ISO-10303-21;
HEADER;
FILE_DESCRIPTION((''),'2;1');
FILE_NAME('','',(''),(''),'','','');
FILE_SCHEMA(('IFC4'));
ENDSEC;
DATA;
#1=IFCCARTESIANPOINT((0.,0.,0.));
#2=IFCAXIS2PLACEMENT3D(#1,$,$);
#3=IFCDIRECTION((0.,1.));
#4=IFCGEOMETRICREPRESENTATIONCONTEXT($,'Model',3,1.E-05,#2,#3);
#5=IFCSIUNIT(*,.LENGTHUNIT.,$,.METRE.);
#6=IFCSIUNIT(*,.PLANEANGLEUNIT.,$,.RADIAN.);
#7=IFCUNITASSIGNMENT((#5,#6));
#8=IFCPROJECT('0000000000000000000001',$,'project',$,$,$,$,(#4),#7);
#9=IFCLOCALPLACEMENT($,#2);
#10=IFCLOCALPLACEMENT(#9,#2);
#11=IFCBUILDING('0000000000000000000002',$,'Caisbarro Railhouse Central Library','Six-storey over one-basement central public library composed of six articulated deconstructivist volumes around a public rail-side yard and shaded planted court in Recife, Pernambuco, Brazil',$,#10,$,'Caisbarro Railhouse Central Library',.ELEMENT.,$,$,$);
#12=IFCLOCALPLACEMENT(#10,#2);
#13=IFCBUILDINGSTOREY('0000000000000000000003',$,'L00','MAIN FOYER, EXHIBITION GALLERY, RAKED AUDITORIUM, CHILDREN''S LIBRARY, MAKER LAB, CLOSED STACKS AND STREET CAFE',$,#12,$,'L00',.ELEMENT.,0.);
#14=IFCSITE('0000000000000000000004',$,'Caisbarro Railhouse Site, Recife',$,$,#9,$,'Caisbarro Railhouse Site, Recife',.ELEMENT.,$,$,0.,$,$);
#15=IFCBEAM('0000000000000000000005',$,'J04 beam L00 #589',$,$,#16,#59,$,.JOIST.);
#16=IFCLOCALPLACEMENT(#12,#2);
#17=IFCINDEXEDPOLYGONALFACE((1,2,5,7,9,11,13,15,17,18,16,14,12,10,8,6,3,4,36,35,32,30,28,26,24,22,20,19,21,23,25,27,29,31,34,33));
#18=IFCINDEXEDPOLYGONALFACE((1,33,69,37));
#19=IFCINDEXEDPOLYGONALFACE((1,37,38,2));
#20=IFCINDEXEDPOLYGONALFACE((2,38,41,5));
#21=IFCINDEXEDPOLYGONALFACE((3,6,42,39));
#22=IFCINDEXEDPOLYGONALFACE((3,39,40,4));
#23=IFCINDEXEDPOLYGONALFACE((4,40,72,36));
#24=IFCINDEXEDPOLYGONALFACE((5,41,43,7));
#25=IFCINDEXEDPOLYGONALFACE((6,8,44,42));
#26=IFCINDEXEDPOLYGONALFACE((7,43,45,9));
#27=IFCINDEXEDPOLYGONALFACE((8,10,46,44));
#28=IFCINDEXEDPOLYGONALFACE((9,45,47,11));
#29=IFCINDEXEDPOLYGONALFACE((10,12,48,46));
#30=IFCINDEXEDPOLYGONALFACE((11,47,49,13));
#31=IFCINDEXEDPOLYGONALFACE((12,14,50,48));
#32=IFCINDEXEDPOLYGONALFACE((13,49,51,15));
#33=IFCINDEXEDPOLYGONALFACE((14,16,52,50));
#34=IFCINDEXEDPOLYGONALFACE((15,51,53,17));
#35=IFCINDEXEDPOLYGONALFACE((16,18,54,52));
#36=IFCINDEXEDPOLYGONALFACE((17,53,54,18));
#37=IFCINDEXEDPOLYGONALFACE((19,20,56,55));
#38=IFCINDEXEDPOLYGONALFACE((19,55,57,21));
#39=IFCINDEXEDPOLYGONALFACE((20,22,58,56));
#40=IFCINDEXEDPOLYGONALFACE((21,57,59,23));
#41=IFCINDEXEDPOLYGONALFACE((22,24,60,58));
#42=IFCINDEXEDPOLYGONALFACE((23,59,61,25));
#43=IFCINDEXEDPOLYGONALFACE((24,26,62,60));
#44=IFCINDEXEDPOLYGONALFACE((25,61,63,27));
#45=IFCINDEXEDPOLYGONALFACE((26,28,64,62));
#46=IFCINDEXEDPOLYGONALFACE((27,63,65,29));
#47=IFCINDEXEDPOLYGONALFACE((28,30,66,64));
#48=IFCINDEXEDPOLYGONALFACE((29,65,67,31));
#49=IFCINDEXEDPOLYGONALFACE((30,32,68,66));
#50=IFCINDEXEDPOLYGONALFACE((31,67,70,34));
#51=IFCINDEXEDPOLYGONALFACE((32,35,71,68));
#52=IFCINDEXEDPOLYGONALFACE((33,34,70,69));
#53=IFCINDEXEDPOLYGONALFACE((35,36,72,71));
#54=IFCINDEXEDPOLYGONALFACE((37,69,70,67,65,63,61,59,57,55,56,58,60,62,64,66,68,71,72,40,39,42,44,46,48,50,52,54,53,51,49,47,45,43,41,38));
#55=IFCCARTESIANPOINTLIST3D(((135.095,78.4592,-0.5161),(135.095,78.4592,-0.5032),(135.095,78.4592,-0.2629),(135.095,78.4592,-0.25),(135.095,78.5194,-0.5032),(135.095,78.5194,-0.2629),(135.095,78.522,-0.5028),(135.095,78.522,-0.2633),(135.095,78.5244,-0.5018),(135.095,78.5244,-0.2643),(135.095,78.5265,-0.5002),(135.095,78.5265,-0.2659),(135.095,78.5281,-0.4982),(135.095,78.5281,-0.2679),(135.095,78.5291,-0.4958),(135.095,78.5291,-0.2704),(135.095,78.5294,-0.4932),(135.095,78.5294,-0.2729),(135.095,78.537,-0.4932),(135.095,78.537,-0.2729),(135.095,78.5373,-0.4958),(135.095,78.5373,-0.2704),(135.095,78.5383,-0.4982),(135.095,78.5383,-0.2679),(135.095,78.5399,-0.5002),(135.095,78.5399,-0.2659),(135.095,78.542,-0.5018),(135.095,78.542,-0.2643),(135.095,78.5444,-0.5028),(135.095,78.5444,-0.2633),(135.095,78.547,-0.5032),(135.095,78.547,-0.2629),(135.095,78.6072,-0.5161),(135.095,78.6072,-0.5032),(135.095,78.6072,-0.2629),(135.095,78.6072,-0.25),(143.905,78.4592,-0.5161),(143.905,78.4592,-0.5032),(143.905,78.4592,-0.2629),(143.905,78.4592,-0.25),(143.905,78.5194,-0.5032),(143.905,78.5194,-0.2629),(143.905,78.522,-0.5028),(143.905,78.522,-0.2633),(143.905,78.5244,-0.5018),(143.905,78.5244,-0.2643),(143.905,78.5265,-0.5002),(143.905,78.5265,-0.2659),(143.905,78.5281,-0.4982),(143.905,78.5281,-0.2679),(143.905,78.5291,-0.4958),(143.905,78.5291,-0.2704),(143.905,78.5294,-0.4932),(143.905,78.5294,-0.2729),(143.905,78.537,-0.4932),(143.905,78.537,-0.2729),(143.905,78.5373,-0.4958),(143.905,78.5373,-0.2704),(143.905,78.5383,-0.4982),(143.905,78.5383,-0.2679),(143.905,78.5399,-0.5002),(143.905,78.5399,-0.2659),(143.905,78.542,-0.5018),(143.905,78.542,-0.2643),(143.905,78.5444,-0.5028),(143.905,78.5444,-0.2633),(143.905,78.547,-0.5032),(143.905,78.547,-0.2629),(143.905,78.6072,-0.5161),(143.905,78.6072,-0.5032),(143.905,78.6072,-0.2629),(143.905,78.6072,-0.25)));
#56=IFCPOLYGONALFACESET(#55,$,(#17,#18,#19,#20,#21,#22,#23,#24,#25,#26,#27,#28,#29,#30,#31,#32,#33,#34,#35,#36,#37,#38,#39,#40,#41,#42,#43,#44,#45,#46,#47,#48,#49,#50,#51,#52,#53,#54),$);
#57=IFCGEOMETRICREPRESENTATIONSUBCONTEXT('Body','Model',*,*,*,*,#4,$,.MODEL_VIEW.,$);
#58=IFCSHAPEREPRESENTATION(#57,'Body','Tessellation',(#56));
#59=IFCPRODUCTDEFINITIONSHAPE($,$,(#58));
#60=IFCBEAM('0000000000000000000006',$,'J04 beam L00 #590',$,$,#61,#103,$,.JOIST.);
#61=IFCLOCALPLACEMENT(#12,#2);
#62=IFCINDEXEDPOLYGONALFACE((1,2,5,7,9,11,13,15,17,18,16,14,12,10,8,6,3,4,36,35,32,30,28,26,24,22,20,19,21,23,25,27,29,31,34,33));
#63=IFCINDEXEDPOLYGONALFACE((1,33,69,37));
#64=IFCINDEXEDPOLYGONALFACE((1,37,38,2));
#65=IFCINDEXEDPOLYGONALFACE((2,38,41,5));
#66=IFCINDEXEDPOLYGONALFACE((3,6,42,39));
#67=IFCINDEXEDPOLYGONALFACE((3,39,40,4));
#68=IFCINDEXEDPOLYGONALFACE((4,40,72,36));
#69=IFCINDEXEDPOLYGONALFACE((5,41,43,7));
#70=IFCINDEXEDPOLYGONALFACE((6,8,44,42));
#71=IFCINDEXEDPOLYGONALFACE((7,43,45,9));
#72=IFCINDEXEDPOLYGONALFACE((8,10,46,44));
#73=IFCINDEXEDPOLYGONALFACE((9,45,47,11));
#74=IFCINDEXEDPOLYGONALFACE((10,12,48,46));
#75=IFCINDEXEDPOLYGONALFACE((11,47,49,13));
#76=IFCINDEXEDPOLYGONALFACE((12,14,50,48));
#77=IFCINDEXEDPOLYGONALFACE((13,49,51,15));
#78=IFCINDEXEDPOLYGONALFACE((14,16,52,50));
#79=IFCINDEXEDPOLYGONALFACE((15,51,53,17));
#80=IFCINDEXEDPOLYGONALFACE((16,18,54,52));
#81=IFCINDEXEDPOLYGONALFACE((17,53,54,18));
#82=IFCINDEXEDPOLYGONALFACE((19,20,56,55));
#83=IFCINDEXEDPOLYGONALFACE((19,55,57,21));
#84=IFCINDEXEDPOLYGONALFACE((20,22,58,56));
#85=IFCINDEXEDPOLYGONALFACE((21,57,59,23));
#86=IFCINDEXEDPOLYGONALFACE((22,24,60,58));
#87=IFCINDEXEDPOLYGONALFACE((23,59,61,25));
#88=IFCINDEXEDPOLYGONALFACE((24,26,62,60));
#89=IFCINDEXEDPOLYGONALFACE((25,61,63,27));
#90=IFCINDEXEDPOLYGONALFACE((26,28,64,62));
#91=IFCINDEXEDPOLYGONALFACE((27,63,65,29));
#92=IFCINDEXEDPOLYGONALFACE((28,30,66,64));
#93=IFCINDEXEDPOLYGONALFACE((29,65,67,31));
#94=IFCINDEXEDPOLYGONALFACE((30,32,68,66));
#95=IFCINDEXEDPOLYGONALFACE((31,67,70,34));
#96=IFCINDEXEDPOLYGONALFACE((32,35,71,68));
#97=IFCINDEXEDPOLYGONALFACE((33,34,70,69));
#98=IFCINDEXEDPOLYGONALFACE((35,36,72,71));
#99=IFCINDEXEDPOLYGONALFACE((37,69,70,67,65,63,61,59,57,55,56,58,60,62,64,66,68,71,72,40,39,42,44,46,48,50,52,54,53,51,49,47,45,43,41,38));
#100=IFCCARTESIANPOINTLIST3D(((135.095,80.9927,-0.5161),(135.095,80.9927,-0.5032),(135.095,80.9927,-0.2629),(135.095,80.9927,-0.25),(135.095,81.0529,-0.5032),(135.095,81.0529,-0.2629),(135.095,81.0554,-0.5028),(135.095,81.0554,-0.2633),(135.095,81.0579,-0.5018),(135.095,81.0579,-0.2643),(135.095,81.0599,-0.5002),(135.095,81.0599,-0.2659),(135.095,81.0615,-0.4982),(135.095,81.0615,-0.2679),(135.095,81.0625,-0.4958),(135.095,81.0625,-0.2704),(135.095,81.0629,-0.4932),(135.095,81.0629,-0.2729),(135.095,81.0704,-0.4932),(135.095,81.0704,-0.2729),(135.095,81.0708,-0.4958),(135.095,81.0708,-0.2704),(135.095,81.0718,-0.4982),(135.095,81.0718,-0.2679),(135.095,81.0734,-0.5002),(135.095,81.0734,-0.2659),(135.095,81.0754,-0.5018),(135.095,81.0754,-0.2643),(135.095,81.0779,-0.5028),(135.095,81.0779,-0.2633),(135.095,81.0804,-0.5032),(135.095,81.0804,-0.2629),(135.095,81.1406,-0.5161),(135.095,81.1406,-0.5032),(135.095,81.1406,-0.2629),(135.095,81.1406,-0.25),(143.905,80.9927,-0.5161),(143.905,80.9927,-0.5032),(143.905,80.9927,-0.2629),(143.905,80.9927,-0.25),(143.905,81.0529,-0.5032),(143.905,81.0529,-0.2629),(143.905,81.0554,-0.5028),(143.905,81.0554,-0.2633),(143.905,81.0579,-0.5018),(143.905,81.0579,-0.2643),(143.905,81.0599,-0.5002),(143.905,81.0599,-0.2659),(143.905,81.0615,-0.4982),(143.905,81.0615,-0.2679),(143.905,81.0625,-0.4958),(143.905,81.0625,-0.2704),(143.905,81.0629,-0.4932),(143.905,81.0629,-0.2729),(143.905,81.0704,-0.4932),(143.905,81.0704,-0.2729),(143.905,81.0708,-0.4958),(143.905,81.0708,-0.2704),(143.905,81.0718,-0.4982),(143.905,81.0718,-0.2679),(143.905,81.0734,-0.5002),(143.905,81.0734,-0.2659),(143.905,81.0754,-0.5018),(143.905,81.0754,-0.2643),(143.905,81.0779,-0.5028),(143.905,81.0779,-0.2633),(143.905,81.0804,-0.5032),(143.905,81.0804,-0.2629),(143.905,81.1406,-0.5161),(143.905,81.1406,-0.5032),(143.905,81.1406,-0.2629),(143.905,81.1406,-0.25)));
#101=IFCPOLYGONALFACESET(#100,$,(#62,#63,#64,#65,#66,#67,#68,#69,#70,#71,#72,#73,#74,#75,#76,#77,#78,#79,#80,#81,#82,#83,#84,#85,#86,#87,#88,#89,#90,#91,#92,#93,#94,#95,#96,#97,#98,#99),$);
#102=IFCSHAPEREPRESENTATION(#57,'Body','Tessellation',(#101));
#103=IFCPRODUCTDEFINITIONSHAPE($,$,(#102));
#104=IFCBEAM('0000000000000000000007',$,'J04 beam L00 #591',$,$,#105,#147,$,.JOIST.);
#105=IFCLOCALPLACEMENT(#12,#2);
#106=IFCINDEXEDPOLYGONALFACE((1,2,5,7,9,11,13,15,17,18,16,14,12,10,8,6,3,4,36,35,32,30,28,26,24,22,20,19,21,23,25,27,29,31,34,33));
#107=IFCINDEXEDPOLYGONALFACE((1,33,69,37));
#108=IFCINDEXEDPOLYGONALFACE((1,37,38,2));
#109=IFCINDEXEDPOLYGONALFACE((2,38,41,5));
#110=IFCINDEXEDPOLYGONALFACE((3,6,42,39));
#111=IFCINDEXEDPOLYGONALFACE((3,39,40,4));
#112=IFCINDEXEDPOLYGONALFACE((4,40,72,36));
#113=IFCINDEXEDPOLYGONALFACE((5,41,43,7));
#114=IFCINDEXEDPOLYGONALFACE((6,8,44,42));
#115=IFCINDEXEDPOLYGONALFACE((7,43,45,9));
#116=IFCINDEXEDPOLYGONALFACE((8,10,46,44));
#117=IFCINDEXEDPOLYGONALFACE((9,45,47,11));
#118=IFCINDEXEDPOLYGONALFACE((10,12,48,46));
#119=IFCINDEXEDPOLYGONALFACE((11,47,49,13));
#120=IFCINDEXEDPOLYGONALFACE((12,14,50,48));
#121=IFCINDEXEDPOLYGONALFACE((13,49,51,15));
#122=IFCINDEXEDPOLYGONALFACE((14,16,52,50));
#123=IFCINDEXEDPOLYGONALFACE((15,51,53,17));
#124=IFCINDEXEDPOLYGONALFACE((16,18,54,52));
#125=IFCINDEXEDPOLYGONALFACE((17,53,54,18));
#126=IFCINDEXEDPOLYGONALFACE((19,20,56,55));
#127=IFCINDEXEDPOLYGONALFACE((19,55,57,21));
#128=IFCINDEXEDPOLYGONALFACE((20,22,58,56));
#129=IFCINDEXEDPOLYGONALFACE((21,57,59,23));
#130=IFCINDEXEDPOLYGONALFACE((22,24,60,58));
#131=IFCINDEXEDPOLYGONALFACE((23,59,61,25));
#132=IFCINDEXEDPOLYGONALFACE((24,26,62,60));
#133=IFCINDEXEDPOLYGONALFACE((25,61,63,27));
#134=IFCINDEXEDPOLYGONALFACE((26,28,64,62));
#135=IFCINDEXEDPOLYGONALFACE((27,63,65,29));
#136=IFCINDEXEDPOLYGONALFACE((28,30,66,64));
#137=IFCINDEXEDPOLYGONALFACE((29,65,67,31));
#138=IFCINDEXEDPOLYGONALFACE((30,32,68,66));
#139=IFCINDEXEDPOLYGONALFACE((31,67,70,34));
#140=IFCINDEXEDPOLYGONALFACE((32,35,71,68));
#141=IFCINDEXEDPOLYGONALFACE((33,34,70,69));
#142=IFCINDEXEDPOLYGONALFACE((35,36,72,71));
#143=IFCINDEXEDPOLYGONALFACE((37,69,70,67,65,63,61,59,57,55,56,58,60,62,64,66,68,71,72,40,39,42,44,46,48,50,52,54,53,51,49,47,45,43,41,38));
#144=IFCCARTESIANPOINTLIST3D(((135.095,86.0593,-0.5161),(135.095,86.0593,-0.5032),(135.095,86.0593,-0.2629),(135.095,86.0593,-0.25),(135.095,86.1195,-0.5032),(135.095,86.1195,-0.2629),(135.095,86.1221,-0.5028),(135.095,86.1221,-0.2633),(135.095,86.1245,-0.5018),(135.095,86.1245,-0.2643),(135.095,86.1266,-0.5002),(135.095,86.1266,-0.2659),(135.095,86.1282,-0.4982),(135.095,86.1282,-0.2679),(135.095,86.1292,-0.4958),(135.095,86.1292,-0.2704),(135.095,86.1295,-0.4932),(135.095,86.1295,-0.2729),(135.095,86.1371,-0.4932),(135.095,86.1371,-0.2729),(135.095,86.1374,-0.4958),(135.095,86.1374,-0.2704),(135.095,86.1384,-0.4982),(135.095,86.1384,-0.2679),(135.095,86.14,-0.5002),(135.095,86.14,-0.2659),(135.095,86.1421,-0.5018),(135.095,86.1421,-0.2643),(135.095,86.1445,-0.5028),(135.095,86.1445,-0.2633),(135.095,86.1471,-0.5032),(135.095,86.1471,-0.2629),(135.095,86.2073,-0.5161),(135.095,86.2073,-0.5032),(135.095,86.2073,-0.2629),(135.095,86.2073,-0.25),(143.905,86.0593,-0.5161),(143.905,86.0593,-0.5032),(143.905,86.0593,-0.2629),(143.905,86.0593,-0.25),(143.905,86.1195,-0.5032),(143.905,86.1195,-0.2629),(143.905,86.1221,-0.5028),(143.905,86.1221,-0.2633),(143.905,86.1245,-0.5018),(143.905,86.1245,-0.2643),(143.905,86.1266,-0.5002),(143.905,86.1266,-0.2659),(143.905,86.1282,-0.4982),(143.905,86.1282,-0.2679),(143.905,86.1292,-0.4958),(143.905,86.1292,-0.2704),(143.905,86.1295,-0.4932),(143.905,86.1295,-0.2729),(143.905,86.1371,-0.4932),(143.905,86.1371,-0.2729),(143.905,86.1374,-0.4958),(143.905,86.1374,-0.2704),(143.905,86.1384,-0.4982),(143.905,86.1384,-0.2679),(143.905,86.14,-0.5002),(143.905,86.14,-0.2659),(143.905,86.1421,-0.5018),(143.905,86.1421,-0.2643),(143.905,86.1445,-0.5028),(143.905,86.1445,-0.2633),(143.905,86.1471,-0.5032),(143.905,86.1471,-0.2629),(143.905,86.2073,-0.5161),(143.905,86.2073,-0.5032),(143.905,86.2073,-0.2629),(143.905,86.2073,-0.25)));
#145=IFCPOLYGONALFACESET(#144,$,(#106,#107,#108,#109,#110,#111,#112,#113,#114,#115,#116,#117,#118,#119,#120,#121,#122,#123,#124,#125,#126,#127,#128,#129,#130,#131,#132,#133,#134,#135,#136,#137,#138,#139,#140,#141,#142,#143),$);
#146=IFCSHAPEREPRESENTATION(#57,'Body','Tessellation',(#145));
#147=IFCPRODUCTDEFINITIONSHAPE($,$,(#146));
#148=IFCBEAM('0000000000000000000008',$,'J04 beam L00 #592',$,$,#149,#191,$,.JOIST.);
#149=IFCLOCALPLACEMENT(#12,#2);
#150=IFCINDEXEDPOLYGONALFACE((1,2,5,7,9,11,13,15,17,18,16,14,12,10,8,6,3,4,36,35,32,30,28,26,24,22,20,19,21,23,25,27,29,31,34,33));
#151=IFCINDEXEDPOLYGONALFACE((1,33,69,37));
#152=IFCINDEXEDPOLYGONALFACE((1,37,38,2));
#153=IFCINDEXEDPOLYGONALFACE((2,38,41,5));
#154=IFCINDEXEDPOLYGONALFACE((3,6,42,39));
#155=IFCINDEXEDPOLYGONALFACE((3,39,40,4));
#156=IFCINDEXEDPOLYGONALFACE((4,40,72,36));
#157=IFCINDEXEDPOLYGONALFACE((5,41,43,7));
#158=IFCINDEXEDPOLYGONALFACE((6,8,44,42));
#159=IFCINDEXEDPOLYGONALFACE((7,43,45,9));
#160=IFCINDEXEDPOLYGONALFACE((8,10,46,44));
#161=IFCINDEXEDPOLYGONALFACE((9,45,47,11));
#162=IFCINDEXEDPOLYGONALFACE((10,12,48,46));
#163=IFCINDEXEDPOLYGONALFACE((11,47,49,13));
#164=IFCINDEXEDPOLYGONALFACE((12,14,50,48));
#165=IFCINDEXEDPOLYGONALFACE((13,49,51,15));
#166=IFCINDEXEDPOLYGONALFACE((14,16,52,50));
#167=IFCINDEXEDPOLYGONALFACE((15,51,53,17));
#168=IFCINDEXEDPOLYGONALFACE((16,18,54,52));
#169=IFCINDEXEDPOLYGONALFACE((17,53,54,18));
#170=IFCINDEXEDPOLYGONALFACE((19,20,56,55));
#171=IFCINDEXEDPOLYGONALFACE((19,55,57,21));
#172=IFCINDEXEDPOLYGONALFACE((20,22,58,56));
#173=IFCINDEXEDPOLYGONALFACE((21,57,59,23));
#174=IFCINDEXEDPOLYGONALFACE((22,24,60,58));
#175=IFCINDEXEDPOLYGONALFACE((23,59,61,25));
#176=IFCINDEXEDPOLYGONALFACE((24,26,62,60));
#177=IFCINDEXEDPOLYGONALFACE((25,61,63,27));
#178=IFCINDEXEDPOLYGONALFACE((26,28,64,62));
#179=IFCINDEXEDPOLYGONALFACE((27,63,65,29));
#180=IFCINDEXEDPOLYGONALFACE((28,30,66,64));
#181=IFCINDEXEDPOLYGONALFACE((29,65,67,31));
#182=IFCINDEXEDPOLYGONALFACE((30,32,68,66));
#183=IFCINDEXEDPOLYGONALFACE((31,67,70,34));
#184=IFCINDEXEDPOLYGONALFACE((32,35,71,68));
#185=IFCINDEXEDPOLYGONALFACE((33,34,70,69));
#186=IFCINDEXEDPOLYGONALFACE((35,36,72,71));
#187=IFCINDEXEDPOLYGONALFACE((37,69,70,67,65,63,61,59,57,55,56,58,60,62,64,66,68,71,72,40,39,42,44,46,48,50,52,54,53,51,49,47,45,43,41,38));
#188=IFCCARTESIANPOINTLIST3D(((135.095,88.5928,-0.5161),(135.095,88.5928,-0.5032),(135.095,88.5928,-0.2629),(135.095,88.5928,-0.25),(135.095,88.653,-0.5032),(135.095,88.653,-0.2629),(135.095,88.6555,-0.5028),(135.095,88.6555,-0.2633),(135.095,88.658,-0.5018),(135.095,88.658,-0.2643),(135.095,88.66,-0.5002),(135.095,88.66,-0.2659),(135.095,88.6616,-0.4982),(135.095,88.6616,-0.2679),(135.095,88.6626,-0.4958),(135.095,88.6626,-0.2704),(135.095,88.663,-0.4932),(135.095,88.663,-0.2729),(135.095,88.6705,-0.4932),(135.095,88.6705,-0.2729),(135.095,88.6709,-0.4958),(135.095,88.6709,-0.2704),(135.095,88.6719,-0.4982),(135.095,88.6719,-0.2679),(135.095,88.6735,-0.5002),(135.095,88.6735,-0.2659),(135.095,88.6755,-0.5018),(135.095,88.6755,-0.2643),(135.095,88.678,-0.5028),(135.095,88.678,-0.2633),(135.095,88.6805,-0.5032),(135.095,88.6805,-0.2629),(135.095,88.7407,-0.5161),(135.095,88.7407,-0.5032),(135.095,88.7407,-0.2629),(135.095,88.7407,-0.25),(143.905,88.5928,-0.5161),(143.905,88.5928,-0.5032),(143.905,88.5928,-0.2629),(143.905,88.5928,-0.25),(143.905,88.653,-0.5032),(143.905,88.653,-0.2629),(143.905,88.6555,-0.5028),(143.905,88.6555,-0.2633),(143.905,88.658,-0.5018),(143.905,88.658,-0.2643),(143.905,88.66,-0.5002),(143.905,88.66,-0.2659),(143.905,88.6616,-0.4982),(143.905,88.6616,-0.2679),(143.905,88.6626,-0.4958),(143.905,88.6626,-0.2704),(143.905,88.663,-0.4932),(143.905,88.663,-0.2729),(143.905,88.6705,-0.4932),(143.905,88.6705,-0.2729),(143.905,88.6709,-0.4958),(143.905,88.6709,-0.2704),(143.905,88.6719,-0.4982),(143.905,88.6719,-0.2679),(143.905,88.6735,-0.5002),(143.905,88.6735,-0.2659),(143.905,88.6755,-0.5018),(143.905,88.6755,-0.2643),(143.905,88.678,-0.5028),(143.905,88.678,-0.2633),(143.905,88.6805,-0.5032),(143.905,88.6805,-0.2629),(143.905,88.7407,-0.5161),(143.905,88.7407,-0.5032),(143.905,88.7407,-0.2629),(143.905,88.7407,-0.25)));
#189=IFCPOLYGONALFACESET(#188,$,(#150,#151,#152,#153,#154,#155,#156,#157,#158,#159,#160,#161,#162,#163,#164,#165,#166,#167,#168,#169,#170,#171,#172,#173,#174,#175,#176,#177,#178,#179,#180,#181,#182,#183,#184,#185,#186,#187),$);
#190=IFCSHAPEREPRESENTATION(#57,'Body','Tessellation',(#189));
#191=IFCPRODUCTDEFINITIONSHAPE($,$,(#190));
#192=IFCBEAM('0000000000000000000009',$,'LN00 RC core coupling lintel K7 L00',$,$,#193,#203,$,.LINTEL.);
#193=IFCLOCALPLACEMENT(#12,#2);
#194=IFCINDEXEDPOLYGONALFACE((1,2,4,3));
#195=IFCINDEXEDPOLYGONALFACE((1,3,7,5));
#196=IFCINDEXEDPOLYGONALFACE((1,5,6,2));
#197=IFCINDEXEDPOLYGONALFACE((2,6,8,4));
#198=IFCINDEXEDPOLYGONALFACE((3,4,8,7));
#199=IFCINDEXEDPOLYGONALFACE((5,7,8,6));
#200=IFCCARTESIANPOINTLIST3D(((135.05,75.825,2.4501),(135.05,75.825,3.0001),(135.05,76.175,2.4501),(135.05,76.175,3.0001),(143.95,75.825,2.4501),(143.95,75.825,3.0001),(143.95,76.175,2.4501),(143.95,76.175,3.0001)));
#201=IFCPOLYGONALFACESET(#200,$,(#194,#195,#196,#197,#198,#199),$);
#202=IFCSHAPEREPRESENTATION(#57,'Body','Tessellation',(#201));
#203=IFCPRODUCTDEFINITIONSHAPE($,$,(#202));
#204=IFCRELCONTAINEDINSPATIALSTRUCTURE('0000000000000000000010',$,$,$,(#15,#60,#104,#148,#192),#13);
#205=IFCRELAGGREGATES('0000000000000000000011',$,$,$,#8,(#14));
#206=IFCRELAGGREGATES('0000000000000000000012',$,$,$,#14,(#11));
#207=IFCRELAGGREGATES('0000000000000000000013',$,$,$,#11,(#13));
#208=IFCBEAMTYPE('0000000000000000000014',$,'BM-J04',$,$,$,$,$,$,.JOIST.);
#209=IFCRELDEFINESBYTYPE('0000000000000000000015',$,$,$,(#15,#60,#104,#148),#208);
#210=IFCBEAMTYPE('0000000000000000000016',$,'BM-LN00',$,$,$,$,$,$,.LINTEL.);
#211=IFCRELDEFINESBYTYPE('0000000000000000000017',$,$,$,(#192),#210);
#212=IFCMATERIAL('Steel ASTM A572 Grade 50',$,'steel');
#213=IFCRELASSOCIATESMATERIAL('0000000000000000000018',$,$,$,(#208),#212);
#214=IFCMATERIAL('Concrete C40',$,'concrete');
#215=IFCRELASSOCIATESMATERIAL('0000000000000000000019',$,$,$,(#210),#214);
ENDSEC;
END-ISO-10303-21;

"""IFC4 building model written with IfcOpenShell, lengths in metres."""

from ifc_helpers import new_model, si_unit, direction, frame, origin, origin_2d, place, context, subcontext, project, spatial, rectangle, i_section, extrude, material, material_profile, profile_set, type_object, element, save


model = new_model("IFC4")

# Units and contexts
model_context = context("Model", 3, precision=1e-05, world=origin(), true_north=direction((0.0, 1.0)))
body_context = subcontext(model_context, "Body", "Model", "MODEL_VIEW")
ifc_project = project(units=[si_unit("LENGTHUNIT", "METRE"), si_unit("PLANEANGLEUNIT", "RADIAN")], contexts=[model_context])

# Site, building, storey
site_placement = place(None, origin())
site = spatial("IfcSite", under=ifc_project, at=site_placement, Name="Caisbarro Railhouse Site, Recife", LongName="Caisbarro Railhouse Site, Recife", CompositionType="ELEMENT", RefElevation=0.0)
building_placement = place(site_placement, origin())
building = spatial("IfcBuilding", under=site, at=building_placement, Name="Caisbarro Railhouse Central Library", Description="Six-storey over one-basement central public library composed of six articulated deconstructivist volumes around a public rail-side yard and shaded planted court in Recife, Pernambuco, Brazil", LongName="Caisbarro Railhouse Central Library", CompositionType="ELEMENT")
storey_placement = place(building_placement, origin())
storey = spatial("IfcBuildingStorey", under=building, at=storey_placement, Name="L00", Description="MAIN FOYER, EXHIBITION GALLERY, RAKED AUDITORIUM, CHILDREN'S LIBRARY, MAKER LAB, CLOSED STACKS AND STREET CAFE", LongName="L00", CompositionType="ELEMENT", Elevation=0.0)

# Shared definitions
ifc_material_1 = material(Name="Steel ASTM A572 Grade 50", Category="steel")

# Beams
ifc_material_profile_1 = material_profile(ifc_material_1, i_section(OverallWidth=0.1479, OverallDepth=0.2661, WebThickness=0.0076, FlangeThickness=0.0129, FilletRadius=0.01, at=origin_2d()), Name="W250X44.8")
ifc_profile_set_1 = profile_set([ifc_material_profile_1], Name="Steel ASTM A572 Grade 50")
beam_type_1 = type_object("IfcBeamType", Name="BM-J04", PredefinedType="JOIST", material=ifc_profile_set_1)
for number, where, z_axis, x_axis, name in (
    (1, (135.095, 78.5332, -0.3831), (1.0, 0.0, 0.0), (0.0, 1.0, 0.0), "J04 beam L00 #589"),
    (2, (135.095, 81.0667, -0.3831), (1.0, 0.0, 0.0), (0.0, 1.0, 0.0), "J04 beam L00 #590"),
    (3, (135.095, 86.1333, -0.3831), (1.0, 0.0, 0.0), (0.0, 1.0, 0.0), "J04 beam L00 #591"),
    (4, (135.095, 88.6667, -0.3831), (1.0, 0.0, 0.0), (0.0, 1.0, 0.0), "J04 beam L00 #592"),
):
    element("IfcBeam", number, at=place(storey_placement, frame(where, z_axis=z_axis, x_axis=x_axis)), inside=storey, type_object=beam_type_1, Name=name, PredefinedType="JOIST", context=body_context, shape_type="SweptSolid", body=[
        extrude(i_section(OverallWidth=0.1479, OverallDepth=0.2661, WebThickness=0.0076, FlangeThickness=0.0129, FilletRadius=0.01, at=origin_2d()), origin(), (0.0, 0.0, 1.0), 8.8101),
    ])
ifc_material_2 = material(Name="Concrete C40", Category="concrete")
ifc_material_profile_2 = material_profile(ifc_material_2, rectangle(XDim=0.3501, YDim=0.55, at=origin_2d()), Name="RC-LIN-350X550")
ifc_profile_set_2 = profile_set([ifc_material_profile_2], Name="Concrete C40")
beam_type_2 = type_object("IfcBeamType", Name="BM-LN00", PredefinedType="LINTEL", material=ifc_profile_set_2)
beam_1_placement = place(storey_placement, frame((135.05, 76.0, 2.7251), z_axis=(1.0, 0.0, 0.0), x_axis=(0.0, 1.0, 0.0)))
element("IfcBeam", 5, at=beam_1_placement, inside=storey, type_object=beam_type_2, Name="LN00 RC core coupling lintel K7 L00", PredefinedType="LINTEL", context=body_context, shape_type="SweptSolid", body=[
    extrude(rectangle(XDim=0.3501, YDim=0.55, at=origin_2d()), origin(), (0.0, 0.0, 1.0), 8.8999),
])

save(model, "model.ifc")
